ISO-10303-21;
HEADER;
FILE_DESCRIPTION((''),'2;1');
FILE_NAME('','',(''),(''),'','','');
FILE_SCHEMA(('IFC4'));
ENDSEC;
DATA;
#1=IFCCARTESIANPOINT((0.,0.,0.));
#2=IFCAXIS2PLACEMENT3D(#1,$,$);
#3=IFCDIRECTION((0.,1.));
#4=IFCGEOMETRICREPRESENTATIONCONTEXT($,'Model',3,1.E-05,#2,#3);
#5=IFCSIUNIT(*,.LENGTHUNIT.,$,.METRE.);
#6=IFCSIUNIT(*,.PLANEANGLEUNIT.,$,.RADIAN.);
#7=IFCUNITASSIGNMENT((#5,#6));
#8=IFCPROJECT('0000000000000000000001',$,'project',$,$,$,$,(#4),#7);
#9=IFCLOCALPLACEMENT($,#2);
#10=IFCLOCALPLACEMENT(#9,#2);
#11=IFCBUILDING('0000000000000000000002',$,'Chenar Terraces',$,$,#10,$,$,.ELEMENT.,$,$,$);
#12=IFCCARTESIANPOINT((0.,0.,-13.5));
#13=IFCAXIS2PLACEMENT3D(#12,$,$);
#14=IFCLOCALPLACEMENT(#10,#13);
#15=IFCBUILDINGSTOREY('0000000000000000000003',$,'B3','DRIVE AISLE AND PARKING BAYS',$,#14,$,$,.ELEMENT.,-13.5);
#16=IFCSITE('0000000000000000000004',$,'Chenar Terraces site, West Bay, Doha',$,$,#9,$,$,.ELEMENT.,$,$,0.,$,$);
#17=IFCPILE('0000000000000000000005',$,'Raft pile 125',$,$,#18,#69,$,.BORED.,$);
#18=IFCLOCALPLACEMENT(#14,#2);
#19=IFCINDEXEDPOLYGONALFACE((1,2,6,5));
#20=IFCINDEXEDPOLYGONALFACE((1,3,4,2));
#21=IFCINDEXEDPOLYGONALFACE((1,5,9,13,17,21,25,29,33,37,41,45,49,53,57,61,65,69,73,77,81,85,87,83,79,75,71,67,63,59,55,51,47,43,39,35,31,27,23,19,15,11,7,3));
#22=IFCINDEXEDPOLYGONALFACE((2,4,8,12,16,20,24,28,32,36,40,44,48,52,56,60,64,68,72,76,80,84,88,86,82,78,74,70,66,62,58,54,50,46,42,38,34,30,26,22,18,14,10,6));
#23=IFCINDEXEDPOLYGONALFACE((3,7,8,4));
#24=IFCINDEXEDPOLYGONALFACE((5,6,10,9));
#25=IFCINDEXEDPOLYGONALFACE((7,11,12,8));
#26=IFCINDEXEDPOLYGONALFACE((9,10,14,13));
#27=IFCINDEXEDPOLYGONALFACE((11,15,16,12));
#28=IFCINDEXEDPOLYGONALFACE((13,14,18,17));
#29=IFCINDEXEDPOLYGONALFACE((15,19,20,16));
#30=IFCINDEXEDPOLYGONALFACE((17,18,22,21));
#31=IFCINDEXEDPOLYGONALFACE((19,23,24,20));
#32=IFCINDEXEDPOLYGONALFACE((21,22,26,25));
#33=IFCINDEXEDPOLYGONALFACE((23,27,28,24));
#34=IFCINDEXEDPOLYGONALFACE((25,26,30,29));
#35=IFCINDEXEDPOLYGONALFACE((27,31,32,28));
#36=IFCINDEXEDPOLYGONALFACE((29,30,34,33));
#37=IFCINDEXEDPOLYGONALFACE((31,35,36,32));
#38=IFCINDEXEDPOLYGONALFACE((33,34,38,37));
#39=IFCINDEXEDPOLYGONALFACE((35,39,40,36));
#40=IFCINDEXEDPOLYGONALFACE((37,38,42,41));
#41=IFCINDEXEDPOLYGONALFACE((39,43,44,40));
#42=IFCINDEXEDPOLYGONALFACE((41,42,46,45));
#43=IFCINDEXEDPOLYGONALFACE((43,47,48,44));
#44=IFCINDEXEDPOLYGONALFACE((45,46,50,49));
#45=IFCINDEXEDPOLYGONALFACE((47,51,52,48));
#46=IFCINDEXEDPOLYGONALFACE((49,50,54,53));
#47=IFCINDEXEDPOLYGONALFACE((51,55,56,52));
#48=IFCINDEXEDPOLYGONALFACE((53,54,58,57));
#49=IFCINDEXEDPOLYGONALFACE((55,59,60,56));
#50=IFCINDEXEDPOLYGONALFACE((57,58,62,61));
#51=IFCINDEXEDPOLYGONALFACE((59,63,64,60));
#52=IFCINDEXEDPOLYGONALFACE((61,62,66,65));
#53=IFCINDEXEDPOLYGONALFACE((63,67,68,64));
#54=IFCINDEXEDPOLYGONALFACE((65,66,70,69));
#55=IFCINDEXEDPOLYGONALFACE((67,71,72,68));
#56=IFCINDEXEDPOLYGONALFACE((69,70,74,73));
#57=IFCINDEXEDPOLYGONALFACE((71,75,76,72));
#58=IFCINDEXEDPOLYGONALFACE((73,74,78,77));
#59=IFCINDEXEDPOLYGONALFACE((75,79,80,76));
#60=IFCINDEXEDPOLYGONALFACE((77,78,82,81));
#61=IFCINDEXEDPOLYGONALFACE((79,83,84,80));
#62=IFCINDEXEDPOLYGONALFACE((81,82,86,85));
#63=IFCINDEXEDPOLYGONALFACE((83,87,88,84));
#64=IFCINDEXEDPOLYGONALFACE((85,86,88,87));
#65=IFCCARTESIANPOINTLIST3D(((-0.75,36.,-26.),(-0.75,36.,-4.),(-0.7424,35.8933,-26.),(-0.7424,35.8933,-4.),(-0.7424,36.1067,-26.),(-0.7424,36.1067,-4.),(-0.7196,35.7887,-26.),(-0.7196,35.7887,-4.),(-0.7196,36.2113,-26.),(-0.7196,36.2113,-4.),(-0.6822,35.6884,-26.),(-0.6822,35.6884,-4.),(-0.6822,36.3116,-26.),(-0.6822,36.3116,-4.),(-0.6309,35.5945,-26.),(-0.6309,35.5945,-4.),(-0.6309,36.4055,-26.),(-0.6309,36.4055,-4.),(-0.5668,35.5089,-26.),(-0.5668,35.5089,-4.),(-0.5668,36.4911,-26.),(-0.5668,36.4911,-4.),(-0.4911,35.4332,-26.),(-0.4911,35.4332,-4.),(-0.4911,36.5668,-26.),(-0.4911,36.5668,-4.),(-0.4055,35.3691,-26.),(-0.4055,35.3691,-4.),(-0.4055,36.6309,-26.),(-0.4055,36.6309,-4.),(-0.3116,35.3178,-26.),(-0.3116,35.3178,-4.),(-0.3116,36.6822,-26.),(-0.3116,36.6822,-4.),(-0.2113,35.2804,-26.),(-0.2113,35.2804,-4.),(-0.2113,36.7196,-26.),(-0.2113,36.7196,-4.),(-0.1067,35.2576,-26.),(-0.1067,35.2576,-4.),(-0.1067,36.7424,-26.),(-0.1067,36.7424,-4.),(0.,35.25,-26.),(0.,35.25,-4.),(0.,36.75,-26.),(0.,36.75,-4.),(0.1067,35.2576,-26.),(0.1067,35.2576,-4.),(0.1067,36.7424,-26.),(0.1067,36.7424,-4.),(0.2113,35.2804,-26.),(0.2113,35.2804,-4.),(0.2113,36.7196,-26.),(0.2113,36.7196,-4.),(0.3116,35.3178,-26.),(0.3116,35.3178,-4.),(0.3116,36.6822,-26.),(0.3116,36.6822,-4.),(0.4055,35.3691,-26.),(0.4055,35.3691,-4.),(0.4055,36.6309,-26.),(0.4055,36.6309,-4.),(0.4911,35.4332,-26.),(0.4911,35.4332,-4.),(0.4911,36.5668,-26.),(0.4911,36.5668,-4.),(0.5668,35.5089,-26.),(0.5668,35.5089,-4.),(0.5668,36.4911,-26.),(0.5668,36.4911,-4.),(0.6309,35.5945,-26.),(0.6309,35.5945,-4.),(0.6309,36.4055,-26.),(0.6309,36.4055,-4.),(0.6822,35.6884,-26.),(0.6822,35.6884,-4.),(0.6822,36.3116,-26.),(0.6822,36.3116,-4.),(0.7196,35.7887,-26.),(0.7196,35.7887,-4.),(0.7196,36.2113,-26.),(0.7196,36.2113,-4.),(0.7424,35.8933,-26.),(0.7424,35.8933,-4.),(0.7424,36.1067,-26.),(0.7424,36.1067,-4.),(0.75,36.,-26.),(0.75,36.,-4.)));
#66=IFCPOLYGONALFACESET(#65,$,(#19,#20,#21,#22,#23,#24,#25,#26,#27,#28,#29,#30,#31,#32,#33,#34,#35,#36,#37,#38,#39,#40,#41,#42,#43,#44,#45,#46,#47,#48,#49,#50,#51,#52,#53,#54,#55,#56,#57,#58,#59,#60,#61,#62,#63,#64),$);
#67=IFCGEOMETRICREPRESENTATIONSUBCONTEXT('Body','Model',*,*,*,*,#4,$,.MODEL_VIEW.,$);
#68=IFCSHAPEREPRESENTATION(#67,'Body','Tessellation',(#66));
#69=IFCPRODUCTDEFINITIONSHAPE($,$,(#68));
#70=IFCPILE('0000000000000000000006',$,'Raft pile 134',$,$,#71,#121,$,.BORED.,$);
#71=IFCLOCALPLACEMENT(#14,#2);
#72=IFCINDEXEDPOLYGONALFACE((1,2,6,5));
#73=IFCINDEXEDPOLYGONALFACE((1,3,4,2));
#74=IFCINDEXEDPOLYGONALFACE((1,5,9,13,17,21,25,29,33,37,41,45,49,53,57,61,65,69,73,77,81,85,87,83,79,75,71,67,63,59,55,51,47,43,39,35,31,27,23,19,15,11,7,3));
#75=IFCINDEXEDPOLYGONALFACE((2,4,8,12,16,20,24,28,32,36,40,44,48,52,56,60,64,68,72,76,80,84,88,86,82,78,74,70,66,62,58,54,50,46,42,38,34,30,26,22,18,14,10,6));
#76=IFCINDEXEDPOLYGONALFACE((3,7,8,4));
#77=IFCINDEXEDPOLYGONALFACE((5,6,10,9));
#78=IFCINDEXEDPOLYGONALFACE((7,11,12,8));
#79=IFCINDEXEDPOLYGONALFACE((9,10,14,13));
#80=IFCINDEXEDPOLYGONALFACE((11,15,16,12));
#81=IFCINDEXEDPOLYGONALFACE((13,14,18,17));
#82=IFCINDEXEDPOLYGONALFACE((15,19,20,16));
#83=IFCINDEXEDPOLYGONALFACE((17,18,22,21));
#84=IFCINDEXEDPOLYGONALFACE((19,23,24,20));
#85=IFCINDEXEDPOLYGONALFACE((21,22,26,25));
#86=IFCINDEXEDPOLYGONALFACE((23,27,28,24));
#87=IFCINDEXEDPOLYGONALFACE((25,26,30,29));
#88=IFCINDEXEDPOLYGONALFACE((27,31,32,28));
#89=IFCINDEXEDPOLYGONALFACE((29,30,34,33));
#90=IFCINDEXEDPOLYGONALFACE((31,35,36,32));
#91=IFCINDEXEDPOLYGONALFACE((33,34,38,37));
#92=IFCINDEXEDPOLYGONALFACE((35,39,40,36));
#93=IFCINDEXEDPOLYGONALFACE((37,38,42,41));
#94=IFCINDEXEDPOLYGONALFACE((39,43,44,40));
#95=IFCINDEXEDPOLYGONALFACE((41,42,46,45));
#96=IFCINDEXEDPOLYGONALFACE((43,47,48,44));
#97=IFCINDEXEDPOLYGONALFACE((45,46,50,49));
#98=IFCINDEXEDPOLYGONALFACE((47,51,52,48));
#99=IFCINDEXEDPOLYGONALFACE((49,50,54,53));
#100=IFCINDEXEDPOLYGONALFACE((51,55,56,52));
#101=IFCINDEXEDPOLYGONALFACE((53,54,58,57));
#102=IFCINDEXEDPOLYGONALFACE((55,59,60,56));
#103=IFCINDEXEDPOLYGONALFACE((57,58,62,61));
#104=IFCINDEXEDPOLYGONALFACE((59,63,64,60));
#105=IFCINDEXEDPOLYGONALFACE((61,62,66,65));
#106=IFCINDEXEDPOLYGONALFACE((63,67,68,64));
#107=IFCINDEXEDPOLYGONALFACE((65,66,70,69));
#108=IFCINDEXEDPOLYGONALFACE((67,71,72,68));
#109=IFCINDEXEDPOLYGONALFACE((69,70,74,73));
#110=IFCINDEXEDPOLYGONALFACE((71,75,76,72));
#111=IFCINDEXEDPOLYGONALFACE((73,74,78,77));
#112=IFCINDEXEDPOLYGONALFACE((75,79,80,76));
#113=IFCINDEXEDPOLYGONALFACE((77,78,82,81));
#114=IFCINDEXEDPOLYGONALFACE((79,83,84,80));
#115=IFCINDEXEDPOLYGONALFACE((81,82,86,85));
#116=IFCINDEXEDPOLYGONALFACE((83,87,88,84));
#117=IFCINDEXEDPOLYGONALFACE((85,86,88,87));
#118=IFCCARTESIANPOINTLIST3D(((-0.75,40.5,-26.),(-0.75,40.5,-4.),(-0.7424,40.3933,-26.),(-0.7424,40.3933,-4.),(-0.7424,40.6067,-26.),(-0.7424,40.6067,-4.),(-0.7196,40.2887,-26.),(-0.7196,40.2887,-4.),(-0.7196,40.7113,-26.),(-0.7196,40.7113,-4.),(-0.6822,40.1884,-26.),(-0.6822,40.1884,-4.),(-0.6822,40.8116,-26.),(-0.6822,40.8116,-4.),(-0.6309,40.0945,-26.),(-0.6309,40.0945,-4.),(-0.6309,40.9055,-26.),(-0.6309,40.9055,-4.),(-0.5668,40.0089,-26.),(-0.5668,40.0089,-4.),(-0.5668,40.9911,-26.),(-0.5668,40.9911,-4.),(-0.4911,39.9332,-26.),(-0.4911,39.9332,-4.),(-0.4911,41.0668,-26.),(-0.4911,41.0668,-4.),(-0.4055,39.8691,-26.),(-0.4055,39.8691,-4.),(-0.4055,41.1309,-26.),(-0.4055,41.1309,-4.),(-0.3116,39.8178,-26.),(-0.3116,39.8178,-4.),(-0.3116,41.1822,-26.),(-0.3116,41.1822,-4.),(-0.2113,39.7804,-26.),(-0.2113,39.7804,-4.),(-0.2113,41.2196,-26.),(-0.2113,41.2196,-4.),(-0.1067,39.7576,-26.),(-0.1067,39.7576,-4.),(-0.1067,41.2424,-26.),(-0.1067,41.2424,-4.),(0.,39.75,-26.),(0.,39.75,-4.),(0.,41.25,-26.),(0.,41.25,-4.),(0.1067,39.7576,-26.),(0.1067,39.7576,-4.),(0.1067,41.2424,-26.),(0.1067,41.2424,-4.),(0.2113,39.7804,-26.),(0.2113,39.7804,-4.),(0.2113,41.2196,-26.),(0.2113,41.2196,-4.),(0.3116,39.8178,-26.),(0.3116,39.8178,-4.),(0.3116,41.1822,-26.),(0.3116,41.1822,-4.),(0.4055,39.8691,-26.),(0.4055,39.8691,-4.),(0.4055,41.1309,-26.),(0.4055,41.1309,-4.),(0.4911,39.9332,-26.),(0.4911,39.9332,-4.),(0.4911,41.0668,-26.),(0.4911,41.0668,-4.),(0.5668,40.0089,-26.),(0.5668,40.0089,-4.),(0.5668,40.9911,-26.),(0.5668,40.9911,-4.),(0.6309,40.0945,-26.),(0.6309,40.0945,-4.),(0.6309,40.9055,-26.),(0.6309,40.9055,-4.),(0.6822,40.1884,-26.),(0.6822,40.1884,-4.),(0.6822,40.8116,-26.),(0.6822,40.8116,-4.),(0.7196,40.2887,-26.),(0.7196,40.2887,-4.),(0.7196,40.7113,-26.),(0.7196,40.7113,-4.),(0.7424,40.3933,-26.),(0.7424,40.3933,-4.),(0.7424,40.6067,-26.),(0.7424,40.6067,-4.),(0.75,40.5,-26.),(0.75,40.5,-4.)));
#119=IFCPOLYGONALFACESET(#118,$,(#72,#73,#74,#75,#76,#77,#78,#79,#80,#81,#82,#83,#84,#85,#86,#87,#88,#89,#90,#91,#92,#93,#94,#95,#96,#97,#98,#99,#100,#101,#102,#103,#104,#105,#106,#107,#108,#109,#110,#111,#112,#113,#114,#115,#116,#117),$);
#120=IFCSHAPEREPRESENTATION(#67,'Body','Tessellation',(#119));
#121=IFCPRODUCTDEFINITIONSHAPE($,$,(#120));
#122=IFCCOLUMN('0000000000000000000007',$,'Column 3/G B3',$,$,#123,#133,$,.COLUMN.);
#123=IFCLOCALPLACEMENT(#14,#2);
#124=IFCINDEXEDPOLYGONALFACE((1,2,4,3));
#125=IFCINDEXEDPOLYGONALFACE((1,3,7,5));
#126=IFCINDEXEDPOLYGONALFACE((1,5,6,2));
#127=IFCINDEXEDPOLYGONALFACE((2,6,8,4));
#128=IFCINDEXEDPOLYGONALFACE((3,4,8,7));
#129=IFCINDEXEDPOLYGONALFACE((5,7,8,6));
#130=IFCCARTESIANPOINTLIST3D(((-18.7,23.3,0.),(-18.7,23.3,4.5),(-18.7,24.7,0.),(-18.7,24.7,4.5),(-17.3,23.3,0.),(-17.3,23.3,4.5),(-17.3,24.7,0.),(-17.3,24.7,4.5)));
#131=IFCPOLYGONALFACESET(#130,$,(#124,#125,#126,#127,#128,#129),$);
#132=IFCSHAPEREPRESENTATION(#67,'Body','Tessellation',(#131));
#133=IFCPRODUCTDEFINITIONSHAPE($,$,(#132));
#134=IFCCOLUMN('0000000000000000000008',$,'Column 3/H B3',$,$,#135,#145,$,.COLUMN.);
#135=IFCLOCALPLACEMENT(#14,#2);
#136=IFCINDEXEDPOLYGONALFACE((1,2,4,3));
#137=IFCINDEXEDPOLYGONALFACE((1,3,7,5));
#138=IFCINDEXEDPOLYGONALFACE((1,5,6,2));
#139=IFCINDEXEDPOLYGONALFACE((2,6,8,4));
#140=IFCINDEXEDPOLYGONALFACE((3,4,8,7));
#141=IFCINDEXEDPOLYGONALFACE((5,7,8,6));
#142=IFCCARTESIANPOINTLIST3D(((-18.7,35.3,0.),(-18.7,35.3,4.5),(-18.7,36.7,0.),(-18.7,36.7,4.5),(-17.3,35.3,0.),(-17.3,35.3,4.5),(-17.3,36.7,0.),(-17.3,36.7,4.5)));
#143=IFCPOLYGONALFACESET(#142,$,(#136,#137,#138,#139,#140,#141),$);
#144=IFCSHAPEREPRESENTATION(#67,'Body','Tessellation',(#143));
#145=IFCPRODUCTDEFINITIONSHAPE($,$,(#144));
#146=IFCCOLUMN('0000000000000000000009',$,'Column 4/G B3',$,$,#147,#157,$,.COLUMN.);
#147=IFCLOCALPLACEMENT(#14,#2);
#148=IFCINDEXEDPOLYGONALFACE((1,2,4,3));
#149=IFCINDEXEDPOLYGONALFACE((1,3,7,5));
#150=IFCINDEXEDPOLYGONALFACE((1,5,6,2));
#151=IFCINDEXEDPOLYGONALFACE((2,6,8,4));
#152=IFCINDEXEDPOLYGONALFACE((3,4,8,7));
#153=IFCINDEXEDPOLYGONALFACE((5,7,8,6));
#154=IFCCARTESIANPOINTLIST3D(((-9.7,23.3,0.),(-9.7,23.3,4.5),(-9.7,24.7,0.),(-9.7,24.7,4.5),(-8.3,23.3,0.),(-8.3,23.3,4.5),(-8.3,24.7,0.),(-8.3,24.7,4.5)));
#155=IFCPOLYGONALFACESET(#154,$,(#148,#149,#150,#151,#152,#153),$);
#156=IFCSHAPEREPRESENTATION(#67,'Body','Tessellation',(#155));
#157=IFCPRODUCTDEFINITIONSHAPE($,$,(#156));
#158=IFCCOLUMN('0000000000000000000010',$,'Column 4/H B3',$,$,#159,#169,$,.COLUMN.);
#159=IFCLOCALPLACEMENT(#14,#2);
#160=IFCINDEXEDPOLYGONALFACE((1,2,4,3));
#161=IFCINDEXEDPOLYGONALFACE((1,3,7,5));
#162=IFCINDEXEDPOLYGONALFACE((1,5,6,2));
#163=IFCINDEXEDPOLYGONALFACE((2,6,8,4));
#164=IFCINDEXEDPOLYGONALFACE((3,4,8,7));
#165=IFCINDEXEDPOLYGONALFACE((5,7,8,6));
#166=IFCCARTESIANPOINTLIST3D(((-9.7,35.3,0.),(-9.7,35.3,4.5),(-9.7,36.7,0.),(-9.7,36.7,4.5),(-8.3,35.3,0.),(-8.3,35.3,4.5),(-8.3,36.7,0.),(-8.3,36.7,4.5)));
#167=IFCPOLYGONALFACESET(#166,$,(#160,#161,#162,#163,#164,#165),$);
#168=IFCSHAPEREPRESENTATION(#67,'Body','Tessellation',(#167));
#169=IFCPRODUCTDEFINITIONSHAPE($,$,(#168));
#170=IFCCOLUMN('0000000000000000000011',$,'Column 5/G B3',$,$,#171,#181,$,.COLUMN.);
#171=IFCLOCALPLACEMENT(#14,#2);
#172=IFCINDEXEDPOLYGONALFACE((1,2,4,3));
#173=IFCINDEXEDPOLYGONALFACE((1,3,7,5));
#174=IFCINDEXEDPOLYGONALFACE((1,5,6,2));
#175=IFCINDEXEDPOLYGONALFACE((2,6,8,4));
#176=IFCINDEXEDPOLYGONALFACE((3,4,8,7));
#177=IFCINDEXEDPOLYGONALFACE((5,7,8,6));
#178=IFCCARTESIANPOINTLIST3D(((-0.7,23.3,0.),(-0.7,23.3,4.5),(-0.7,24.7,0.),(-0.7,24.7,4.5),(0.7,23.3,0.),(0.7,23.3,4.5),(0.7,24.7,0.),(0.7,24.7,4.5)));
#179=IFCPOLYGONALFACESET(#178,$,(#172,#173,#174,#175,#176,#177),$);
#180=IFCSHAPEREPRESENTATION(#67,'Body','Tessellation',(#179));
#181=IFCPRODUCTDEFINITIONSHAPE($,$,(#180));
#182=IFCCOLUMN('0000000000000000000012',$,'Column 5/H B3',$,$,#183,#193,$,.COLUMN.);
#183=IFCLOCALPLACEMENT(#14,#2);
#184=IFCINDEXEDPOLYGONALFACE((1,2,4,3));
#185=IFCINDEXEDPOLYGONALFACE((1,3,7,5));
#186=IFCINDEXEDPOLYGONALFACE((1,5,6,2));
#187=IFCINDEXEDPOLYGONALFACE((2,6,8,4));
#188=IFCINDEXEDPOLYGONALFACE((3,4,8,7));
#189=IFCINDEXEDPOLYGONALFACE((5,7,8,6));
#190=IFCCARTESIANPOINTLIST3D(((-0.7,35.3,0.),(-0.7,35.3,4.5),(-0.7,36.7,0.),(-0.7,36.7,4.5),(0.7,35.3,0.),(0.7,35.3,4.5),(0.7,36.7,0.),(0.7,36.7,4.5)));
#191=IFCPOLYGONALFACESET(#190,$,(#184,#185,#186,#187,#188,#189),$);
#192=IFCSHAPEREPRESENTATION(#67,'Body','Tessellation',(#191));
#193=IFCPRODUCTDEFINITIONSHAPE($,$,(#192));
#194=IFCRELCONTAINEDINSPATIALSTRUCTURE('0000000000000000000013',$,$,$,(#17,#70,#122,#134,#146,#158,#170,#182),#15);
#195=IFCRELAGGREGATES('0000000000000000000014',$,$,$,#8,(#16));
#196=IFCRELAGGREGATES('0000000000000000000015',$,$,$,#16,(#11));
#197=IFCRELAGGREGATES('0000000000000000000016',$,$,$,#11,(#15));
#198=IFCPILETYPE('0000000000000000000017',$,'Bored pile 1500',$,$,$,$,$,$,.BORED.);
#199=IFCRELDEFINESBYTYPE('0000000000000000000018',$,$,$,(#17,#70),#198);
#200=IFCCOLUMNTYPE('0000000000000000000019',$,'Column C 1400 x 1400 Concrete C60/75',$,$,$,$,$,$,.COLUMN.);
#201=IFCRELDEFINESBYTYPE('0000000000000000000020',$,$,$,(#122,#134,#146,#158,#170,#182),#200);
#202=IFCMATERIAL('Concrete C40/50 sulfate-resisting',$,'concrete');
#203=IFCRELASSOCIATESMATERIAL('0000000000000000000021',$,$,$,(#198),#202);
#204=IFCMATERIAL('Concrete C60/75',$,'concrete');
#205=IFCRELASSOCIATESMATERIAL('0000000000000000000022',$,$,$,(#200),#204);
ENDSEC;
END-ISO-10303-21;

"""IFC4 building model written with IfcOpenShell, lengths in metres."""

from ifc_helpers import new_model, si_unit, direction, frame, origin, origin_2d, place, context, subcontext, project, spatial, rectangle, circle, extrude, material, material_profile, profile_set, type_object, element, save


model = new_model("IFC4")

# Units and contexts
model_context = context("Model", 3, precision=1e-05, world=origin(), true_north=direction((0.0, 1.0)))
body_context = subcontext(model_context, "Body", "Model", "MODEL_VIEW")
ifc_project = project(units=[si_unit("LENGTHUNIT", "METRE"), si_unit("PLANEANGLEUNIT", "RADIAN")], contexts=[model_context])

# Site, building, storey
site_placement = place(None, origin())
site = spatial("IfcSite", under=ifc_project, at=site_placement, Name="Chenar Terraces site, West Bay, Doha", CompositionType="ELEMENT", RefElevation=0.0)
building_placement = place(site_placement, origin())
building = spatial("IfcBuilding", under=site, at=building_placement, Name="Chenar Terraces", CompositionType="ELEMENT")
storey_placement = place(building_placement, frame((0.0, 0.0, -13.5)))
storey = spatial("IfcBuildingStorey", under=building, at=storey_placement, Name="B3", Description="DRIVE AISLE AND PARKING BAYS", CompositionType="ELEMENT", Elevation=-13.5)

# Piles
ifc_material_1 = material(Name="Concrete C40/50 sulfate-resisting", Category="concrete")
ifc_material_profile_1 = material_profile(ifc_material_1, circle(Radius=0.75, at=origin_2d()), Name="BP 1500")
ifc_profile_set_1 = profile_set([ifc_material_profile_1], Name="Concrete C40/50 sulfate-resisting")
pile_type_1 = type_object("IfcPileType", Name="Bored pile 1500", PredefinedType="BORED", material=ifc_profile_set_1)
for number, where, z_axis, x_axis, name in (
    (1, (0.0, 36.0, -4.0), (0.0, 0.0, -1.0), (1.0, 0.0, 0.0), "Raft pile 125"),
    (2, (0.0, 40.5, -4.0), (0.0, 0.0, -1.0), (1.0, 0.0, 0.0), "Raft pile 134"),
):
    element("IfcPile", number, at=place(storey_placement, frame(where, z_axis=z_axis, x_axis=x_axis)), inside=storey, type_object=pile_type_1, Name=name, PredefinedType="BORED", context=body_context, shape_type="SweptSolid", body=[
        extrude(circle(Radius=0.75, at=origin_2d()), origin(), (0.0, 0.0, 1.0), 22.0),
    ])

# Columns
ifc_material_2 = material(Name="Concrete C60/75", Category="concrete")
ifc_material_profile_2 = material_profile(ifc_material_2, rectangle(XDim=1.3999, YDim=1.3999, at=origin_2d()), Name="C 1400 x 1400")
ifc_profile_set_2 = profile_set([ifc_material_profile_2], Name="Concrete C60/75")
column_type = type_object("IfcColumnType", Name="Column C 1400 x 1400 Concrete C60/75", PredefinedType="COLUMN", material=ifc_profile_set_2)
for number, where, z_axis, x_axis, name in (
    (3, (-18.0, 24.0, 0.0), (0.0, 0.0, 1.0), (1.0, 0.0, 0.0), "Column 3/G B3"),
    (4, (-18.0, 36.0, 0.0), (0.0, 0.0, 1.0), (1.0, 0.0, 0.0), "Column 3/H B3"),
    (5, (-9.0, 24.0, 0.0), (0.0, 0.0, 1.0), (1.0, 0.0, 0.0), "Column 4/G B3"),
    (6, (-9.0, 36.0, 0.0), (0.0, 0.0, 1.0), (1.0, 0.0, 0.0), "Column 4/H B3"),
    (7, (0.0, 24.0, 0.0), (0.0, 0.0, 1.0), (1.0, 0.0, 0.0), "Column 5/G B3"),
    (8, (0.0, 36.0, 0.0), (0.0, 0.0, 1.0), (1.0, 0.0, 0.0), "Column 5/H B3"),
):
    element("IfcColumn", number, at=place(storey_placement, frame(where, z_axis=z_axis, x_axis=x_axis)), inside=storey, type_object=column_type, Name=name, PredefinedType="COLUMN", context=body_context, shape_type="SweptSolid", body=[
        extrude(rectangle(XDim=1.3999, YDim=1.3999, at=origin_2d()), origin(), (0.0, 0.0, 1.0), 4.5),
    ])

save(model, "model.ifc")
